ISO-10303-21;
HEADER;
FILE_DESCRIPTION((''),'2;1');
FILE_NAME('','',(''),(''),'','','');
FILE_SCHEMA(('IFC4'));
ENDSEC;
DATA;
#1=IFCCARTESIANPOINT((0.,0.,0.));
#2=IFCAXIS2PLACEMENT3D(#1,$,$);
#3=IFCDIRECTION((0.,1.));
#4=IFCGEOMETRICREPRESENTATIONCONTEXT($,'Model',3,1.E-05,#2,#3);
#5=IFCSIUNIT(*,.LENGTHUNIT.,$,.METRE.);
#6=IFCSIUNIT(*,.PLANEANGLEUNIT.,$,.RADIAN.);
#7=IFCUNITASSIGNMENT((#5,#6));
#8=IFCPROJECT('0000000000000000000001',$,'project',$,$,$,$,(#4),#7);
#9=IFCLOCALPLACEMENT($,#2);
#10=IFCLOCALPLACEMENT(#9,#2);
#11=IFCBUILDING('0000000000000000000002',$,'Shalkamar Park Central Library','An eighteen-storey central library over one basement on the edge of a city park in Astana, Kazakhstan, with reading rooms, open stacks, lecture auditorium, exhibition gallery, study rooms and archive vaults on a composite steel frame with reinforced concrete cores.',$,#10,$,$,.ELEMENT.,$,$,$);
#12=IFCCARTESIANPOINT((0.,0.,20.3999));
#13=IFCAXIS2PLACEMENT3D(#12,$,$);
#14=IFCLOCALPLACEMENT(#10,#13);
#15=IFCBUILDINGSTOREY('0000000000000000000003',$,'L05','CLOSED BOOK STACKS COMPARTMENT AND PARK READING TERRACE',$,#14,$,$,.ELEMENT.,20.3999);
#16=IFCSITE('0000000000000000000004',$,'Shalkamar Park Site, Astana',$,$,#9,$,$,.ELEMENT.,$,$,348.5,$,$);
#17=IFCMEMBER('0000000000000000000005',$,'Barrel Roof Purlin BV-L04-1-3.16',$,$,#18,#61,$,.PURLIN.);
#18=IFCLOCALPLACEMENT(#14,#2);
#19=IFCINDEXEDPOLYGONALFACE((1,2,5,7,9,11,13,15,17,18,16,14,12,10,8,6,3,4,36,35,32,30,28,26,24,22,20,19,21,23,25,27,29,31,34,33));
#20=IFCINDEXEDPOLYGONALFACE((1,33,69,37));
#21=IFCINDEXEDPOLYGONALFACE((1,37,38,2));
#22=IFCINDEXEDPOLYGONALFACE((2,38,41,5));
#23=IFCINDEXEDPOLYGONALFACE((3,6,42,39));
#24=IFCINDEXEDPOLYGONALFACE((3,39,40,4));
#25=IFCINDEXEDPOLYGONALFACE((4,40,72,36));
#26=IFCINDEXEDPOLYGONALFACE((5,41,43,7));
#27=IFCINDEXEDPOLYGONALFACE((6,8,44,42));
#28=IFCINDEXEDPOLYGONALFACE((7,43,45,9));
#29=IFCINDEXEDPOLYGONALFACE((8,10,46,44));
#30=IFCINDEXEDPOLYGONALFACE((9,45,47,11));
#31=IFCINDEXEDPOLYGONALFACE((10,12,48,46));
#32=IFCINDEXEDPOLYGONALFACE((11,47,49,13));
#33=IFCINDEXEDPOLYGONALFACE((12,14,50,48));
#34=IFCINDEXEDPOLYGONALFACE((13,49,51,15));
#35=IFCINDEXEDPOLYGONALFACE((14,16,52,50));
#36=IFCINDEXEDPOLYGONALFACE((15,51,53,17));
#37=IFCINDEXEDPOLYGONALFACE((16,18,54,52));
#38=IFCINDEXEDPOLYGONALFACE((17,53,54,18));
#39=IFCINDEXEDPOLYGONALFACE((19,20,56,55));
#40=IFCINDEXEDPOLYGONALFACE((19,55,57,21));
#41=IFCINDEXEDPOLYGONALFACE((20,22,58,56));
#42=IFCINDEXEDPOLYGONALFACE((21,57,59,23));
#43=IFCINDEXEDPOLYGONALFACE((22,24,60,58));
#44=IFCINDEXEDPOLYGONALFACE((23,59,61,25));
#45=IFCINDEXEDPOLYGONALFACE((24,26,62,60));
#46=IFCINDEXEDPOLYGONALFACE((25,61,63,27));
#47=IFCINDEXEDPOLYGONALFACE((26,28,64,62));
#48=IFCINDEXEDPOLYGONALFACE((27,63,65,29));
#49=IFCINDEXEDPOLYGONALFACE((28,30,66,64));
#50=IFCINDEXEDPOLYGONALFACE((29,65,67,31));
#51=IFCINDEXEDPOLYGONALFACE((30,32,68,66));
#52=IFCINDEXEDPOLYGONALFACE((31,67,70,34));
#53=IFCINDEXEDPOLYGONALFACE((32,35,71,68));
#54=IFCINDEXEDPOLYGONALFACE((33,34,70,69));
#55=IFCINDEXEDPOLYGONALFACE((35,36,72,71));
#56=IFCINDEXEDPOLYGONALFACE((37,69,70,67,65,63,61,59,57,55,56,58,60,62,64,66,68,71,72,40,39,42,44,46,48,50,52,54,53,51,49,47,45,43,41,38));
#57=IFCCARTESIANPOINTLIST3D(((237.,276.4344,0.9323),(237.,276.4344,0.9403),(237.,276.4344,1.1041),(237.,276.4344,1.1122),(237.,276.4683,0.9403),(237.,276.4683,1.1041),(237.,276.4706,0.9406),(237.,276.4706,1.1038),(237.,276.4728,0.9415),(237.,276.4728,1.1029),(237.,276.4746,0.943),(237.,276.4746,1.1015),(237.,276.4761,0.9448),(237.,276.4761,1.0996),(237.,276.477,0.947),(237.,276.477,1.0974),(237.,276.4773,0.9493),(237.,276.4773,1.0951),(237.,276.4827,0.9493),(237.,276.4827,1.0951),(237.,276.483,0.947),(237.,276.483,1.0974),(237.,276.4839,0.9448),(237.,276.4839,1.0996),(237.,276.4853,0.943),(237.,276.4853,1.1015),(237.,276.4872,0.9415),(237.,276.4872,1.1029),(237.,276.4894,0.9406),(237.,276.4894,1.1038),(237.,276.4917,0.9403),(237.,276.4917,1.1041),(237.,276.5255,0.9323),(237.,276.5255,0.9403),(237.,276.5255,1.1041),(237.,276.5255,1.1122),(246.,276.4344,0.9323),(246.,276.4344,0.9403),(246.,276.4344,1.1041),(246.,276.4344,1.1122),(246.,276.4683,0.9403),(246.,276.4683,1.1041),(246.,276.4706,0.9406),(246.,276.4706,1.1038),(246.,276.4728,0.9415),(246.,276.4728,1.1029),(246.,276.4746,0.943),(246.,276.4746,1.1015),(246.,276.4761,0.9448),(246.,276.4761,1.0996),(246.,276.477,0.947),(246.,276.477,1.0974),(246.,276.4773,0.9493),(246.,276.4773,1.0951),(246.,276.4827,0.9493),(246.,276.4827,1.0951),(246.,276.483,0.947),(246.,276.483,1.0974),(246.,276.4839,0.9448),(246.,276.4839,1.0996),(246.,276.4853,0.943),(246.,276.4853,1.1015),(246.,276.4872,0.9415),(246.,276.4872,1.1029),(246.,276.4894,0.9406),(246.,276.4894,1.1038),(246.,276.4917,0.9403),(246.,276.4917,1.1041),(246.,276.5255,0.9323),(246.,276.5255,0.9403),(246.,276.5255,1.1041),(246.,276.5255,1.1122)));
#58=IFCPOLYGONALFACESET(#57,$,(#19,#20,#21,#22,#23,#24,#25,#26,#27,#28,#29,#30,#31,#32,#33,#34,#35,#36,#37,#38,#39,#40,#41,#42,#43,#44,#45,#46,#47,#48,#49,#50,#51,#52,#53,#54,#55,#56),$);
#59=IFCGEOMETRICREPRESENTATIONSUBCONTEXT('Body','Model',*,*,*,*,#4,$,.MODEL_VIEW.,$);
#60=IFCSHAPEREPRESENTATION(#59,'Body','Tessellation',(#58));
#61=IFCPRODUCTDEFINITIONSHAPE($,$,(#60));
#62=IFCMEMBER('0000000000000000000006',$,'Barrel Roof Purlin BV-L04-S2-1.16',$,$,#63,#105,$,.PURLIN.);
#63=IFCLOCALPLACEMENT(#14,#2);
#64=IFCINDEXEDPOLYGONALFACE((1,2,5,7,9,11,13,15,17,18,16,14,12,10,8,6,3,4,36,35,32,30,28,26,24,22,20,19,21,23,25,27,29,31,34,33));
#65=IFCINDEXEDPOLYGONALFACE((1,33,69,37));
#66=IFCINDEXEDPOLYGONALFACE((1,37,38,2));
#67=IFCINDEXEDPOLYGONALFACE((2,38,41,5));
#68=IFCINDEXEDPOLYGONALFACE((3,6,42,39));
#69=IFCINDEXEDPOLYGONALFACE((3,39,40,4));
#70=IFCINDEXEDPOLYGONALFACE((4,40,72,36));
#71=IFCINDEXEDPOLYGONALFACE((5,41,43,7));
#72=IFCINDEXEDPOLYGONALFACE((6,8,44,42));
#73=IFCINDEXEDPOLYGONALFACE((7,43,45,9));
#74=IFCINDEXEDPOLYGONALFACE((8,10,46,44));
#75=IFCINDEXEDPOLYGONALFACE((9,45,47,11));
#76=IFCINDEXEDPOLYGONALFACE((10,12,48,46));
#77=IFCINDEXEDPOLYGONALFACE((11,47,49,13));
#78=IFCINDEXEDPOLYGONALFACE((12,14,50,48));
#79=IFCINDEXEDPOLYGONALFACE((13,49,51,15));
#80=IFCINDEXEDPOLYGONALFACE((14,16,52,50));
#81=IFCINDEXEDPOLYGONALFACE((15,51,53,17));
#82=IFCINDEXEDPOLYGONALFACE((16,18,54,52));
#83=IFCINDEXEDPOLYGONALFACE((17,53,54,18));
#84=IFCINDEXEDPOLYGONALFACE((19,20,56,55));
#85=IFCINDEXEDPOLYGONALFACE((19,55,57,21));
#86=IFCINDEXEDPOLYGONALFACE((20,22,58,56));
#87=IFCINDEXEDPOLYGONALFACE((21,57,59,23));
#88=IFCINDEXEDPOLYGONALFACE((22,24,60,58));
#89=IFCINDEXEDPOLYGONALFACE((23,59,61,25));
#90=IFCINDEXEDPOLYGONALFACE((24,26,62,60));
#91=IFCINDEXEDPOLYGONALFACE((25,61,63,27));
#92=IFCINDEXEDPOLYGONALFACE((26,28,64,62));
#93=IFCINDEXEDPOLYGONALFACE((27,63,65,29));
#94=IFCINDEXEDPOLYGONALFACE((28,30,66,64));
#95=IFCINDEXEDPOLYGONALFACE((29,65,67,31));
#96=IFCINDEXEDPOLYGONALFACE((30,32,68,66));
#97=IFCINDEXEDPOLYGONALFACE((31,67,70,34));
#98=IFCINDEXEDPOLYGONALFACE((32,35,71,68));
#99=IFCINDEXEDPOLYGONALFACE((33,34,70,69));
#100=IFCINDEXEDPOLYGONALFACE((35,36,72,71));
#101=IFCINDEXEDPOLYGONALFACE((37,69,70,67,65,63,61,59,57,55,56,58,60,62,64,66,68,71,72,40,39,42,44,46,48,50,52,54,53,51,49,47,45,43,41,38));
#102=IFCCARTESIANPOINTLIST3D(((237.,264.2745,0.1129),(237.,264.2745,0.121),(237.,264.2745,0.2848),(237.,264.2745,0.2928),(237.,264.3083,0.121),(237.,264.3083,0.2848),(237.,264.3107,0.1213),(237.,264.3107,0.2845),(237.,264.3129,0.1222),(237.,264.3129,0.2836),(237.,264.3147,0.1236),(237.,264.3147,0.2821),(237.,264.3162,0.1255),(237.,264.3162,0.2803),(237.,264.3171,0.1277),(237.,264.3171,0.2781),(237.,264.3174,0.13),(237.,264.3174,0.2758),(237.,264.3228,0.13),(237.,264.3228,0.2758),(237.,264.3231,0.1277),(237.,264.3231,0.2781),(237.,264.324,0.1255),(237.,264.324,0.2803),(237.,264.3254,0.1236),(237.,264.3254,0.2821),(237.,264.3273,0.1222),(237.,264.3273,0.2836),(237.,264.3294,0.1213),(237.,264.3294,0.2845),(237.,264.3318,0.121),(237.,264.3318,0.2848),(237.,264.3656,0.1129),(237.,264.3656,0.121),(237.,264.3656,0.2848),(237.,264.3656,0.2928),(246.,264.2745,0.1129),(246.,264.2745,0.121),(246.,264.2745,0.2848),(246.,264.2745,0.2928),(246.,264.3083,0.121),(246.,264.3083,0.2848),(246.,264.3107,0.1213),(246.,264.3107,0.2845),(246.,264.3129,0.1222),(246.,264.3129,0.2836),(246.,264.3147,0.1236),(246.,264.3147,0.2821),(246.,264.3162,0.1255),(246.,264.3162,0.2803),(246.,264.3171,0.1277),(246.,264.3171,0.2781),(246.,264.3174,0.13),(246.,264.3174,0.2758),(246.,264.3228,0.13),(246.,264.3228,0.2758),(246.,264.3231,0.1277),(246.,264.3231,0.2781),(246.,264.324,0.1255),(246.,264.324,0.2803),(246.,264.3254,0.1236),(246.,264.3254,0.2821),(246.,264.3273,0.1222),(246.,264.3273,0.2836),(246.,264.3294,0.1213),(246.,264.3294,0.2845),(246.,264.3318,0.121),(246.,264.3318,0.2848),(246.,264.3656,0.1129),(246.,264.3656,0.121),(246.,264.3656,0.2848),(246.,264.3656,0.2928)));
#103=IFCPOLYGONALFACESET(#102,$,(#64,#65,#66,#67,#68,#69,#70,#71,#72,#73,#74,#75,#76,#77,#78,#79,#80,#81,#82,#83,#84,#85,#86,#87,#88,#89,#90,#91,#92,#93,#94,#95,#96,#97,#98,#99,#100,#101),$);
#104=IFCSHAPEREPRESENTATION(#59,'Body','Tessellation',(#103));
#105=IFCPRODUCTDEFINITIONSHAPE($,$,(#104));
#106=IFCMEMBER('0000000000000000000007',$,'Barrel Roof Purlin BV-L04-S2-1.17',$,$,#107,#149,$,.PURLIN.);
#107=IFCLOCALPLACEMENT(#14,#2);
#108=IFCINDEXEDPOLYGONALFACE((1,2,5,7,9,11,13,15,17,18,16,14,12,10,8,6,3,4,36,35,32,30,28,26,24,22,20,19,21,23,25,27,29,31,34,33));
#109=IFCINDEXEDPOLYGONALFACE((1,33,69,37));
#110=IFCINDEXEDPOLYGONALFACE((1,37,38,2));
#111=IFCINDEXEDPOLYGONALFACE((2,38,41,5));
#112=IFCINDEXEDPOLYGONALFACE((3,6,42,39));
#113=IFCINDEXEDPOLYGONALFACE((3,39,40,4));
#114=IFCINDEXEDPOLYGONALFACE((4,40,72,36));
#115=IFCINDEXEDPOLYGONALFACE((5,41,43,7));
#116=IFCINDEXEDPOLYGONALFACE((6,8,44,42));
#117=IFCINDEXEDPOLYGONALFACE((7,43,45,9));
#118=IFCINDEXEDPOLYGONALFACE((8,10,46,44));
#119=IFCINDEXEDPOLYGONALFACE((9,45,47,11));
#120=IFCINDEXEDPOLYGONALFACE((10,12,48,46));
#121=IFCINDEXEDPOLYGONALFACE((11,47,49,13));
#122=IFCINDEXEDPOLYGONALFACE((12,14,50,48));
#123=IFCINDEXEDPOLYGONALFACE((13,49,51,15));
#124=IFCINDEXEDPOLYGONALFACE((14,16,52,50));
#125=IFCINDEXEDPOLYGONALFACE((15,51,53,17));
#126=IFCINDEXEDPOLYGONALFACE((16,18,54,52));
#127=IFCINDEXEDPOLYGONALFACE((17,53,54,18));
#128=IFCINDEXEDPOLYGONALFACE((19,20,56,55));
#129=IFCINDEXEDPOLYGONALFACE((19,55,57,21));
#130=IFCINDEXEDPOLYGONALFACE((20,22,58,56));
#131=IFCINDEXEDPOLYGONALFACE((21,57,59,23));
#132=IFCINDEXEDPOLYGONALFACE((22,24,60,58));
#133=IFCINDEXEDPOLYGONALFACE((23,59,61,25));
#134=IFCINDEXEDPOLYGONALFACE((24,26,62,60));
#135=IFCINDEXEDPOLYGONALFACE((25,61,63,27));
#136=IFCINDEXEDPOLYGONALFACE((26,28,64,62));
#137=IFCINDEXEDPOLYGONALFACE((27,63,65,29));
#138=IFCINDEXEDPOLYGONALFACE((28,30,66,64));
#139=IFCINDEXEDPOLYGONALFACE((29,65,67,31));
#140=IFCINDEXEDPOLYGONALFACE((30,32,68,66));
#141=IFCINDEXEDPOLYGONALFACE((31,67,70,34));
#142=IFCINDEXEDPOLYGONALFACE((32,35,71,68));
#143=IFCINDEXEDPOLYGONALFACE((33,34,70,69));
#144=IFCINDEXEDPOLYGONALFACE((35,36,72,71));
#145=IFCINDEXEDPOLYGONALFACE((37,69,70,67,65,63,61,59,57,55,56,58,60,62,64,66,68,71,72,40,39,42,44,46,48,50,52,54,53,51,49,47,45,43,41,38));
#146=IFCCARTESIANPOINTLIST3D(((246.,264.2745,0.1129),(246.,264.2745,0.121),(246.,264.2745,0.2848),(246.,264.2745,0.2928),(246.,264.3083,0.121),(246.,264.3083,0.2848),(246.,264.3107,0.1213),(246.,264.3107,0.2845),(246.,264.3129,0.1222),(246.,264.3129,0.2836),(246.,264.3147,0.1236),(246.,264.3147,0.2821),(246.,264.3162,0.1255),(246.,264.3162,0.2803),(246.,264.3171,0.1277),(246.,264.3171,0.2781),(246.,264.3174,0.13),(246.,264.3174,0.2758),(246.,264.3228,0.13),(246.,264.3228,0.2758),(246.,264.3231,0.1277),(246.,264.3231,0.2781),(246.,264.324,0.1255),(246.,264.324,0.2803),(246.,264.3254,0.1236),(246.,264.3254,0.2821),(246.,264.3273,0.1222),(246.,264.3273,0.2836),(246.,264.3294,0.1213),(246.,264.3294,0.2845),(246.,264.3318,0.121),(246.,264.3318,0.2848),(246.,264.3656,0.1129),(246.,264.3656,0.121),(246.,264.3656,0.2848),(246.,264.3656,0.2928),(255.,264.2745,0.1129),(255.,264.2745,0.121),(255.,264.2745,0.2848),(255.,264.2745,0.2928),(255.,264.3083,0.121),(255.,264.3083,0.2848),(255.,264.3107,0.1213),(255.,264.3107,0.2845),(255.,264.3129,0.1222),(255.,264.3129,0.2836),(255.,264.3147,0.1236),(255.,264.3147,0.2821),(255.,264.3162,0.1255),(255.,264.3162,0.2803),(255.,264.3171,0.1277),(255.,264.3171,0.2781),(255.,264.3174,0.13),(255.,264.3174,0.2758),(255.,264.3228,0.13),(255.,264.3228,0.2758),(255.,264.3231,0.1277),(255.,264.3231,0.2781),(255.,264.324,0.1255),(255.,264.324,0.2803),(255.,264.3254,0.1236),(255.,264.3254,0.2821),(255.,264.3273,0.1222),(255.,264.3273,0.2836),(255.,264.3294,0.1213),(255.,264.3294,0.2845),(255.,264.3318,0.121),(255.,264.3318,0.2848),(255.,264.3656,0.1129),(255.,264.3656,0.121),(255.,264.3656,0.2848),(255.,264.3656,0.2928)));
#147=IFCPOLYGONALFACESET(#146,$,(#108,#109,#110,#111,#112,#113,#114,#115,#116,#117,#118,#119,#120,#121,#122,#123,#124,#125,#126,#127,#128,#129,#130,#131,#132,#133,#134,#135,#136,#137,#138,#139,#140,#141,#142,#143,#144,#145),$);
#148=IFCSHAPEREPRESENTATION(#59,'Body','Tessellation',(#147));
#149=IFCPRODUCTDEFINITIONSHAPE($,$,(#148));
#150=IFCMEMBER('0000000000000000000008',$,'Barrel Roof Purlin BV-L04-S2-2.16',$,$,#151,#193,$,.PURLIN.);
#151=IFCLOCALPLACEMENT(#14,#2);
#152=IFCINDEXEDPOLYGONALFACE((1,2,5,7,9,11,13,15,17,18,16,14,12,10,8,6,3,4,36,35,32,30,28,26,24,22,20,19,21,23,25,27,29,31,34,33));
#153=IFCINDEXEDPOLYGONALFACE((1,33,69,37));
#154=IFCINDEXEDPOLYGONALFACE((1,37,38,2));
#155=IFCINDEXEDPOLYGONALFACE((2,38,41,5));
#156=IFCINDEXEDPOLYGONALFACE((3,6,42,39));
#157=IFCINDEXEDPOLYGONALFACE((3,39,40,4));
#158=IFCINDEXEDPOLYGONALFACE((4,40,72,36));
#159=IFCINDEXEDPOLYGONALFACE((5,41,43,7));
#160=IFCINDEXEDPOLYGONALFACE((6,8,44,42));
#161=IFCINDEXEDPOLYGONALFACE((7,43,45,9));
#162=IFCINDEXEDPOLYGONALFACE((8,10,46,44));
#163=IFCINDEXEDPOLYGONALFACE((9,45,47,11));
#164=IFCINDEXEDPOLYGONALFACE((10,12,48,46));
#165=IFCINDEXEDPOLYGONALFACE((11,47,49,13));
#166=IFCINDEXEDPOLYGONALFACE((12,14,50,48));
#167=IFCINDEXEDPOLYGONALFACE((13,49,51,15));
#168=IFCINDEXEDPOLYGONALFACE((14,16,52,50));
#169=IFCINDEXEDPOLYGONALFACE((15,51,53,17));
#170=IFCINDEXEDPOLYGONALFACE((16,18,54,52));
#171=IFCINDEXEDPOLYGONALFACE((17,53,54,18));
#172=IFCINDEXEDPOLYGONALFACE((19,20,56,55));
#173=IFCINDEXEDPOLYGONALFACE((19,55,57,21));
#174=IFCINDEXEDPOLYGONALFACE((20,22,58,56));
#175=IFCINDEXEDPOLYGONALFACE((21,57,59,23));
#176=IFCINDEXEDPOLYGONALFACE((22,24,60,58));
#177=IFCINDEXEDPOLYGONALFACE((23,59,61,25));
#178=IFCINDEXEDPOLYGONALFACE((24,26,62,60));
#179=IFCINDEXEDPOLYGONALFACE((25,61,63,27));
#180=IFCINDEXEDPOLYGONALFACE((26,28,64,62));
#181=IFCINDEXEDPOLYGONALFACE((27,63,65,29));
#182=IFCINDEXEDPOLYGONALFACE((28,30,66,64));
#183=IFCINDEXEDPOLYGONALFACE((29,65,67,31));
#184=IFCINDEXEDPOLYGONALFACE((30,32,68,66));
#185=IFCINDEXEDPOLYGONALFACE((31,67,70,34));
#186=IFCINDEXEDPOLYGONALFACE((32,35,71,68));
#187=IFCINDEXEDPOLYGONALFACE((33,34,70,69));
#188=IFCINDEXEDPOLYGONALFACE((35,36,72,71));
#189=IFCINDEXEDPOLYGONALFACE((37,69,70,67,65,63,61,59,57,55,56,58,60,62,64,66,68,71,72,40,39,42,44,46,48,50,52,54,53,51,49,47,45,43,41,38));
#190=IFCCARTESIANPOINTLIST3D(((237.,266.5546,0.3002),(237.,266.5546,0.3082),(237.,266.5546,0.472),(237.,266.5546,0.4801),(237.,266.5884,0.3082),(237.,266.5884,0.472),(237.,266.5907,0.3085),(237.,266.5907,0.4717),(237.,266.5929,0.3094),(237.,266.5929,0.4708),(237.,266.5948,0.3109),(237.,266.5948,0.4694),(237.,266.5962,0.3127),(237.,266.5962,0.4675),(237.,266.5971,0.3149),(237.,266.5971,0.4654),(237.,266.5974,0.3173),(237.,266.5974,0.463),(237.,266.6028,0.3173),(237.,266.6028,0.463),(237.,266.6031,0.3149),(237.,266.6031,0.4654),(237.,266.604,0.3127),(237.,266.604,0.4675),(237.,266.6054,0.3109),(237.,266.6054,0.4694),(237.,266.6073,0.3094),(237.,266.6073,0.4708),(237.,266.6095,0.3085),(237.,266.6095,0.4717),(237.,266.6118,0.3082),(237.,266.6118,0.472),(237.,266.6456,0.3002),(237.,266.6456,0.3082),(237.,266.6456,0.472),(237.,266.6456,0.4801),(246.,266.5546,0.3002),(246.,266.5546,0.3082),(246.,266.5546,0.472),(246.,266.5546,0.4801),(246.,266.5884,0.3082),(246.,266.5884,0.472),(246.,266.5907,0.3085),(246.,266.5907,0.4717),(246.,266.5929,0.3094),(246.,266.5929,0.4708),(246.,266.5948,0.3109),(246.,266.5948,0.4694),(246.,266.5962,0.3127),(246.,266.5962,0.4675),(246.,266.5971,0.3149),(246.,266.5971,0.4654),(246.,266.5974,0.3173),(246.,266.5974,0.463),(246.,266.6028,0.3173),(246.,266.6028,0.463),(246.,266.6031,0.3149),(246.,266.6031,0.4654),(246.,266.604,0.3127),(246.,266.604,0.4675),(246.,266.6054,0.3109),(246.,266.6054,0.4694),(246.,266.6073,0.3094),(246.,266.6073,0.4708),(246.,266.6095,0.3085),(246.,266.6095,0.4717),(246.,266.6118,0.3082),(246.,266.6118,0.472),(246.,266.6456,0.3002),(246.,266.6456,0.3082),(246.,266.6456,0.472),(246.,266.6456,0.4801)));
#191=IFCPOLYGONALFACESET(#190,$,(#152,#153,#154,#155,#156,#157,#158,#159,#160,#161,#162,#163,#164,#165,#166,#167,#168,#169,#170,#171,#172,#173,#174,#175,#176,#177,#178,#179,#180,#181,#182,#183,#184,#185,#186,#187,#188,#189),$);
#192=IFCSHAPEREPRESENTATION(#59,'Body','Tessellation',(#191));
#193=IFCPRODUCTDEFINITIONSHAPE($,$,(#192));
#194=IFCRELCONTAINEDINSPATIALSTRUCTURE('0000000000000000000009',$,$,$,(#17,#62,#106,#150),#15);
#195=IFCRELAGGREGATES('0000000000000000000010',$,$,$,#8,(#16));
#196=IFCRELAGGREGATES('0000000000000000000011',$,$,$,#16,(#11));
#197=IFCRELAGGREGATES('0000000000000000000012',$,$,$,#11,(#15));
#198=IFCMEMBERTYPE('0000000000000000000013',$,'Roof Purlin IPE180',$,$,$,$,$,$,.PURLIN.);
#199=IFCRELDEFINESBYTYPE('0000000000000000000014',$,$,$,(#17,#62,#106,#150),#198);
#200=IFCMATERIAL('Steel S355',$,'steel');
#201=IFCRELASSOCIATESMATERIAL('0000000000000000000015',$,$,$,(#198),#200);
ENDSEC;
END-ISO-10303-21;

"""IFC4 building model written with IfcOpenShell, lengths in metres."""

from ifc_helpers import new_model, si_unit, direction, frame, origin, origin_2d, place, context, subcontext, project, spatial, i_section, extrude, material, material_profile, profile_set, type_object, element, save


model = new_model("IFC4")

# Units and contexts
model_context = context("Model", 3, precision=1e-05, world=origin(), true_north=direction((0.0, 1.0)))
body_context = subcontext(model_context, "Body", "Model", "MODEL_VIEW")
ifc_project = project(units=[si_unit("LENGTHUNIT", "METRE"), si_unit("PLANEANGLEUNIT", "RADIAN")], contexts=[model_context])

# Site, building, storey
site_placement = place(None, origin())
site = spatial("IfcSite", under=ifc_project, at=site_placement, Name="Shalkamar Park Site, Astana", CompositionType="ELEMENT", RefElevation=348.5)
building_placement = place(site_placement, origin())
building = spatial("IfcBuilding", under=site, at=building_placement, Name="Shalkamar Park Central Library", Description="An eighteen-storey central library over one basement on the edge of a city park in Astana, Kazakhstan, with reading rooms, open stacks, lecture auditorium, exhibition gallery, study rooms and archive vaults on a composite steel frame with reinforced concrete cores.", CompositionType="ELEMENT")
storey_placement = place(building_placement, frame((0.0, 0.0, 20.3999)))
storey = spatial("IfcBuildingStorey", under=building, at=storey_placement, Name="L05", Description="CLOSED BOOK STACKS COMPARTMENT AND PARK READING TERRACE", CompositionType="ELEMENT", Elevation=20.3999)

# Members
ifc_material_1 = material(Name="Steel S355", Category="steel")
ifc_material_profile_1 = material_profile(ifc_material_1, i_section(OverallWidth=0.0911, OverallDepth=0.1799, WebThickness=0.0054, FlangeThickness=0.0081, FilletRadius=0.009, at=origin_2d()), Name="IPE 180")
ifc_profile_set_1 = profile_set([ifc_material_profile_1], Name="Steel S355")
member_type_1 = type_object("IfcMemberType", Name="Roof Purlin IPE180", PredefinedType="PURLIN", material=ifc_profile_set_1)
for number, where, z_axis, x_axis, name in (
    (1, (237.0, 276.48, 1.0222), (1.0, 0.0, 0.0), (0.0, 1.0, 0.0), "Barrel Roof Purlin BV-L04-1-3.16"),
    (2, (237.0, 264.3201, 0.2029), (1.0, 0.0, 0.0), (0.0, 1.0, 0.0), "Barrel Roof Purlin BV-L04-S2-1.16"),
    (3, (246.0, 264.3201, 0.2029), (1.0, 0.0, 0.0), (0.0, 1.0, 0.0), "Barrel Roof Purlin BV-L04-S2-1.17"),
    (4, (237.0, 266.6001, 0.3901), (1.0, 0.0, 0.0), (0.0, 1.0, 0.0), "Barrel Roof Purlin BV-L04-S2-2.16"),
):
    element("IfcMember", number, at=place(storey_placement, frame(where, z_axis=z_axis, x_axis=x_axis)), inside=storey, type_object=member_type_1, Name=name, PredefinedType="PURLIN", context=body_context, shape_type="SweptSolid", body=[
        extrude(i_section(OverallWidth=0.0911, OverallDepth=0.1799, WebThickness=0.0054, FlangeThickness=0.0081, FilletRadius=0.009, at=origin_2d()), origin(), (0.0, 0.0, 1.0), 9.0),
    ])

save(model, "model.ifc")
